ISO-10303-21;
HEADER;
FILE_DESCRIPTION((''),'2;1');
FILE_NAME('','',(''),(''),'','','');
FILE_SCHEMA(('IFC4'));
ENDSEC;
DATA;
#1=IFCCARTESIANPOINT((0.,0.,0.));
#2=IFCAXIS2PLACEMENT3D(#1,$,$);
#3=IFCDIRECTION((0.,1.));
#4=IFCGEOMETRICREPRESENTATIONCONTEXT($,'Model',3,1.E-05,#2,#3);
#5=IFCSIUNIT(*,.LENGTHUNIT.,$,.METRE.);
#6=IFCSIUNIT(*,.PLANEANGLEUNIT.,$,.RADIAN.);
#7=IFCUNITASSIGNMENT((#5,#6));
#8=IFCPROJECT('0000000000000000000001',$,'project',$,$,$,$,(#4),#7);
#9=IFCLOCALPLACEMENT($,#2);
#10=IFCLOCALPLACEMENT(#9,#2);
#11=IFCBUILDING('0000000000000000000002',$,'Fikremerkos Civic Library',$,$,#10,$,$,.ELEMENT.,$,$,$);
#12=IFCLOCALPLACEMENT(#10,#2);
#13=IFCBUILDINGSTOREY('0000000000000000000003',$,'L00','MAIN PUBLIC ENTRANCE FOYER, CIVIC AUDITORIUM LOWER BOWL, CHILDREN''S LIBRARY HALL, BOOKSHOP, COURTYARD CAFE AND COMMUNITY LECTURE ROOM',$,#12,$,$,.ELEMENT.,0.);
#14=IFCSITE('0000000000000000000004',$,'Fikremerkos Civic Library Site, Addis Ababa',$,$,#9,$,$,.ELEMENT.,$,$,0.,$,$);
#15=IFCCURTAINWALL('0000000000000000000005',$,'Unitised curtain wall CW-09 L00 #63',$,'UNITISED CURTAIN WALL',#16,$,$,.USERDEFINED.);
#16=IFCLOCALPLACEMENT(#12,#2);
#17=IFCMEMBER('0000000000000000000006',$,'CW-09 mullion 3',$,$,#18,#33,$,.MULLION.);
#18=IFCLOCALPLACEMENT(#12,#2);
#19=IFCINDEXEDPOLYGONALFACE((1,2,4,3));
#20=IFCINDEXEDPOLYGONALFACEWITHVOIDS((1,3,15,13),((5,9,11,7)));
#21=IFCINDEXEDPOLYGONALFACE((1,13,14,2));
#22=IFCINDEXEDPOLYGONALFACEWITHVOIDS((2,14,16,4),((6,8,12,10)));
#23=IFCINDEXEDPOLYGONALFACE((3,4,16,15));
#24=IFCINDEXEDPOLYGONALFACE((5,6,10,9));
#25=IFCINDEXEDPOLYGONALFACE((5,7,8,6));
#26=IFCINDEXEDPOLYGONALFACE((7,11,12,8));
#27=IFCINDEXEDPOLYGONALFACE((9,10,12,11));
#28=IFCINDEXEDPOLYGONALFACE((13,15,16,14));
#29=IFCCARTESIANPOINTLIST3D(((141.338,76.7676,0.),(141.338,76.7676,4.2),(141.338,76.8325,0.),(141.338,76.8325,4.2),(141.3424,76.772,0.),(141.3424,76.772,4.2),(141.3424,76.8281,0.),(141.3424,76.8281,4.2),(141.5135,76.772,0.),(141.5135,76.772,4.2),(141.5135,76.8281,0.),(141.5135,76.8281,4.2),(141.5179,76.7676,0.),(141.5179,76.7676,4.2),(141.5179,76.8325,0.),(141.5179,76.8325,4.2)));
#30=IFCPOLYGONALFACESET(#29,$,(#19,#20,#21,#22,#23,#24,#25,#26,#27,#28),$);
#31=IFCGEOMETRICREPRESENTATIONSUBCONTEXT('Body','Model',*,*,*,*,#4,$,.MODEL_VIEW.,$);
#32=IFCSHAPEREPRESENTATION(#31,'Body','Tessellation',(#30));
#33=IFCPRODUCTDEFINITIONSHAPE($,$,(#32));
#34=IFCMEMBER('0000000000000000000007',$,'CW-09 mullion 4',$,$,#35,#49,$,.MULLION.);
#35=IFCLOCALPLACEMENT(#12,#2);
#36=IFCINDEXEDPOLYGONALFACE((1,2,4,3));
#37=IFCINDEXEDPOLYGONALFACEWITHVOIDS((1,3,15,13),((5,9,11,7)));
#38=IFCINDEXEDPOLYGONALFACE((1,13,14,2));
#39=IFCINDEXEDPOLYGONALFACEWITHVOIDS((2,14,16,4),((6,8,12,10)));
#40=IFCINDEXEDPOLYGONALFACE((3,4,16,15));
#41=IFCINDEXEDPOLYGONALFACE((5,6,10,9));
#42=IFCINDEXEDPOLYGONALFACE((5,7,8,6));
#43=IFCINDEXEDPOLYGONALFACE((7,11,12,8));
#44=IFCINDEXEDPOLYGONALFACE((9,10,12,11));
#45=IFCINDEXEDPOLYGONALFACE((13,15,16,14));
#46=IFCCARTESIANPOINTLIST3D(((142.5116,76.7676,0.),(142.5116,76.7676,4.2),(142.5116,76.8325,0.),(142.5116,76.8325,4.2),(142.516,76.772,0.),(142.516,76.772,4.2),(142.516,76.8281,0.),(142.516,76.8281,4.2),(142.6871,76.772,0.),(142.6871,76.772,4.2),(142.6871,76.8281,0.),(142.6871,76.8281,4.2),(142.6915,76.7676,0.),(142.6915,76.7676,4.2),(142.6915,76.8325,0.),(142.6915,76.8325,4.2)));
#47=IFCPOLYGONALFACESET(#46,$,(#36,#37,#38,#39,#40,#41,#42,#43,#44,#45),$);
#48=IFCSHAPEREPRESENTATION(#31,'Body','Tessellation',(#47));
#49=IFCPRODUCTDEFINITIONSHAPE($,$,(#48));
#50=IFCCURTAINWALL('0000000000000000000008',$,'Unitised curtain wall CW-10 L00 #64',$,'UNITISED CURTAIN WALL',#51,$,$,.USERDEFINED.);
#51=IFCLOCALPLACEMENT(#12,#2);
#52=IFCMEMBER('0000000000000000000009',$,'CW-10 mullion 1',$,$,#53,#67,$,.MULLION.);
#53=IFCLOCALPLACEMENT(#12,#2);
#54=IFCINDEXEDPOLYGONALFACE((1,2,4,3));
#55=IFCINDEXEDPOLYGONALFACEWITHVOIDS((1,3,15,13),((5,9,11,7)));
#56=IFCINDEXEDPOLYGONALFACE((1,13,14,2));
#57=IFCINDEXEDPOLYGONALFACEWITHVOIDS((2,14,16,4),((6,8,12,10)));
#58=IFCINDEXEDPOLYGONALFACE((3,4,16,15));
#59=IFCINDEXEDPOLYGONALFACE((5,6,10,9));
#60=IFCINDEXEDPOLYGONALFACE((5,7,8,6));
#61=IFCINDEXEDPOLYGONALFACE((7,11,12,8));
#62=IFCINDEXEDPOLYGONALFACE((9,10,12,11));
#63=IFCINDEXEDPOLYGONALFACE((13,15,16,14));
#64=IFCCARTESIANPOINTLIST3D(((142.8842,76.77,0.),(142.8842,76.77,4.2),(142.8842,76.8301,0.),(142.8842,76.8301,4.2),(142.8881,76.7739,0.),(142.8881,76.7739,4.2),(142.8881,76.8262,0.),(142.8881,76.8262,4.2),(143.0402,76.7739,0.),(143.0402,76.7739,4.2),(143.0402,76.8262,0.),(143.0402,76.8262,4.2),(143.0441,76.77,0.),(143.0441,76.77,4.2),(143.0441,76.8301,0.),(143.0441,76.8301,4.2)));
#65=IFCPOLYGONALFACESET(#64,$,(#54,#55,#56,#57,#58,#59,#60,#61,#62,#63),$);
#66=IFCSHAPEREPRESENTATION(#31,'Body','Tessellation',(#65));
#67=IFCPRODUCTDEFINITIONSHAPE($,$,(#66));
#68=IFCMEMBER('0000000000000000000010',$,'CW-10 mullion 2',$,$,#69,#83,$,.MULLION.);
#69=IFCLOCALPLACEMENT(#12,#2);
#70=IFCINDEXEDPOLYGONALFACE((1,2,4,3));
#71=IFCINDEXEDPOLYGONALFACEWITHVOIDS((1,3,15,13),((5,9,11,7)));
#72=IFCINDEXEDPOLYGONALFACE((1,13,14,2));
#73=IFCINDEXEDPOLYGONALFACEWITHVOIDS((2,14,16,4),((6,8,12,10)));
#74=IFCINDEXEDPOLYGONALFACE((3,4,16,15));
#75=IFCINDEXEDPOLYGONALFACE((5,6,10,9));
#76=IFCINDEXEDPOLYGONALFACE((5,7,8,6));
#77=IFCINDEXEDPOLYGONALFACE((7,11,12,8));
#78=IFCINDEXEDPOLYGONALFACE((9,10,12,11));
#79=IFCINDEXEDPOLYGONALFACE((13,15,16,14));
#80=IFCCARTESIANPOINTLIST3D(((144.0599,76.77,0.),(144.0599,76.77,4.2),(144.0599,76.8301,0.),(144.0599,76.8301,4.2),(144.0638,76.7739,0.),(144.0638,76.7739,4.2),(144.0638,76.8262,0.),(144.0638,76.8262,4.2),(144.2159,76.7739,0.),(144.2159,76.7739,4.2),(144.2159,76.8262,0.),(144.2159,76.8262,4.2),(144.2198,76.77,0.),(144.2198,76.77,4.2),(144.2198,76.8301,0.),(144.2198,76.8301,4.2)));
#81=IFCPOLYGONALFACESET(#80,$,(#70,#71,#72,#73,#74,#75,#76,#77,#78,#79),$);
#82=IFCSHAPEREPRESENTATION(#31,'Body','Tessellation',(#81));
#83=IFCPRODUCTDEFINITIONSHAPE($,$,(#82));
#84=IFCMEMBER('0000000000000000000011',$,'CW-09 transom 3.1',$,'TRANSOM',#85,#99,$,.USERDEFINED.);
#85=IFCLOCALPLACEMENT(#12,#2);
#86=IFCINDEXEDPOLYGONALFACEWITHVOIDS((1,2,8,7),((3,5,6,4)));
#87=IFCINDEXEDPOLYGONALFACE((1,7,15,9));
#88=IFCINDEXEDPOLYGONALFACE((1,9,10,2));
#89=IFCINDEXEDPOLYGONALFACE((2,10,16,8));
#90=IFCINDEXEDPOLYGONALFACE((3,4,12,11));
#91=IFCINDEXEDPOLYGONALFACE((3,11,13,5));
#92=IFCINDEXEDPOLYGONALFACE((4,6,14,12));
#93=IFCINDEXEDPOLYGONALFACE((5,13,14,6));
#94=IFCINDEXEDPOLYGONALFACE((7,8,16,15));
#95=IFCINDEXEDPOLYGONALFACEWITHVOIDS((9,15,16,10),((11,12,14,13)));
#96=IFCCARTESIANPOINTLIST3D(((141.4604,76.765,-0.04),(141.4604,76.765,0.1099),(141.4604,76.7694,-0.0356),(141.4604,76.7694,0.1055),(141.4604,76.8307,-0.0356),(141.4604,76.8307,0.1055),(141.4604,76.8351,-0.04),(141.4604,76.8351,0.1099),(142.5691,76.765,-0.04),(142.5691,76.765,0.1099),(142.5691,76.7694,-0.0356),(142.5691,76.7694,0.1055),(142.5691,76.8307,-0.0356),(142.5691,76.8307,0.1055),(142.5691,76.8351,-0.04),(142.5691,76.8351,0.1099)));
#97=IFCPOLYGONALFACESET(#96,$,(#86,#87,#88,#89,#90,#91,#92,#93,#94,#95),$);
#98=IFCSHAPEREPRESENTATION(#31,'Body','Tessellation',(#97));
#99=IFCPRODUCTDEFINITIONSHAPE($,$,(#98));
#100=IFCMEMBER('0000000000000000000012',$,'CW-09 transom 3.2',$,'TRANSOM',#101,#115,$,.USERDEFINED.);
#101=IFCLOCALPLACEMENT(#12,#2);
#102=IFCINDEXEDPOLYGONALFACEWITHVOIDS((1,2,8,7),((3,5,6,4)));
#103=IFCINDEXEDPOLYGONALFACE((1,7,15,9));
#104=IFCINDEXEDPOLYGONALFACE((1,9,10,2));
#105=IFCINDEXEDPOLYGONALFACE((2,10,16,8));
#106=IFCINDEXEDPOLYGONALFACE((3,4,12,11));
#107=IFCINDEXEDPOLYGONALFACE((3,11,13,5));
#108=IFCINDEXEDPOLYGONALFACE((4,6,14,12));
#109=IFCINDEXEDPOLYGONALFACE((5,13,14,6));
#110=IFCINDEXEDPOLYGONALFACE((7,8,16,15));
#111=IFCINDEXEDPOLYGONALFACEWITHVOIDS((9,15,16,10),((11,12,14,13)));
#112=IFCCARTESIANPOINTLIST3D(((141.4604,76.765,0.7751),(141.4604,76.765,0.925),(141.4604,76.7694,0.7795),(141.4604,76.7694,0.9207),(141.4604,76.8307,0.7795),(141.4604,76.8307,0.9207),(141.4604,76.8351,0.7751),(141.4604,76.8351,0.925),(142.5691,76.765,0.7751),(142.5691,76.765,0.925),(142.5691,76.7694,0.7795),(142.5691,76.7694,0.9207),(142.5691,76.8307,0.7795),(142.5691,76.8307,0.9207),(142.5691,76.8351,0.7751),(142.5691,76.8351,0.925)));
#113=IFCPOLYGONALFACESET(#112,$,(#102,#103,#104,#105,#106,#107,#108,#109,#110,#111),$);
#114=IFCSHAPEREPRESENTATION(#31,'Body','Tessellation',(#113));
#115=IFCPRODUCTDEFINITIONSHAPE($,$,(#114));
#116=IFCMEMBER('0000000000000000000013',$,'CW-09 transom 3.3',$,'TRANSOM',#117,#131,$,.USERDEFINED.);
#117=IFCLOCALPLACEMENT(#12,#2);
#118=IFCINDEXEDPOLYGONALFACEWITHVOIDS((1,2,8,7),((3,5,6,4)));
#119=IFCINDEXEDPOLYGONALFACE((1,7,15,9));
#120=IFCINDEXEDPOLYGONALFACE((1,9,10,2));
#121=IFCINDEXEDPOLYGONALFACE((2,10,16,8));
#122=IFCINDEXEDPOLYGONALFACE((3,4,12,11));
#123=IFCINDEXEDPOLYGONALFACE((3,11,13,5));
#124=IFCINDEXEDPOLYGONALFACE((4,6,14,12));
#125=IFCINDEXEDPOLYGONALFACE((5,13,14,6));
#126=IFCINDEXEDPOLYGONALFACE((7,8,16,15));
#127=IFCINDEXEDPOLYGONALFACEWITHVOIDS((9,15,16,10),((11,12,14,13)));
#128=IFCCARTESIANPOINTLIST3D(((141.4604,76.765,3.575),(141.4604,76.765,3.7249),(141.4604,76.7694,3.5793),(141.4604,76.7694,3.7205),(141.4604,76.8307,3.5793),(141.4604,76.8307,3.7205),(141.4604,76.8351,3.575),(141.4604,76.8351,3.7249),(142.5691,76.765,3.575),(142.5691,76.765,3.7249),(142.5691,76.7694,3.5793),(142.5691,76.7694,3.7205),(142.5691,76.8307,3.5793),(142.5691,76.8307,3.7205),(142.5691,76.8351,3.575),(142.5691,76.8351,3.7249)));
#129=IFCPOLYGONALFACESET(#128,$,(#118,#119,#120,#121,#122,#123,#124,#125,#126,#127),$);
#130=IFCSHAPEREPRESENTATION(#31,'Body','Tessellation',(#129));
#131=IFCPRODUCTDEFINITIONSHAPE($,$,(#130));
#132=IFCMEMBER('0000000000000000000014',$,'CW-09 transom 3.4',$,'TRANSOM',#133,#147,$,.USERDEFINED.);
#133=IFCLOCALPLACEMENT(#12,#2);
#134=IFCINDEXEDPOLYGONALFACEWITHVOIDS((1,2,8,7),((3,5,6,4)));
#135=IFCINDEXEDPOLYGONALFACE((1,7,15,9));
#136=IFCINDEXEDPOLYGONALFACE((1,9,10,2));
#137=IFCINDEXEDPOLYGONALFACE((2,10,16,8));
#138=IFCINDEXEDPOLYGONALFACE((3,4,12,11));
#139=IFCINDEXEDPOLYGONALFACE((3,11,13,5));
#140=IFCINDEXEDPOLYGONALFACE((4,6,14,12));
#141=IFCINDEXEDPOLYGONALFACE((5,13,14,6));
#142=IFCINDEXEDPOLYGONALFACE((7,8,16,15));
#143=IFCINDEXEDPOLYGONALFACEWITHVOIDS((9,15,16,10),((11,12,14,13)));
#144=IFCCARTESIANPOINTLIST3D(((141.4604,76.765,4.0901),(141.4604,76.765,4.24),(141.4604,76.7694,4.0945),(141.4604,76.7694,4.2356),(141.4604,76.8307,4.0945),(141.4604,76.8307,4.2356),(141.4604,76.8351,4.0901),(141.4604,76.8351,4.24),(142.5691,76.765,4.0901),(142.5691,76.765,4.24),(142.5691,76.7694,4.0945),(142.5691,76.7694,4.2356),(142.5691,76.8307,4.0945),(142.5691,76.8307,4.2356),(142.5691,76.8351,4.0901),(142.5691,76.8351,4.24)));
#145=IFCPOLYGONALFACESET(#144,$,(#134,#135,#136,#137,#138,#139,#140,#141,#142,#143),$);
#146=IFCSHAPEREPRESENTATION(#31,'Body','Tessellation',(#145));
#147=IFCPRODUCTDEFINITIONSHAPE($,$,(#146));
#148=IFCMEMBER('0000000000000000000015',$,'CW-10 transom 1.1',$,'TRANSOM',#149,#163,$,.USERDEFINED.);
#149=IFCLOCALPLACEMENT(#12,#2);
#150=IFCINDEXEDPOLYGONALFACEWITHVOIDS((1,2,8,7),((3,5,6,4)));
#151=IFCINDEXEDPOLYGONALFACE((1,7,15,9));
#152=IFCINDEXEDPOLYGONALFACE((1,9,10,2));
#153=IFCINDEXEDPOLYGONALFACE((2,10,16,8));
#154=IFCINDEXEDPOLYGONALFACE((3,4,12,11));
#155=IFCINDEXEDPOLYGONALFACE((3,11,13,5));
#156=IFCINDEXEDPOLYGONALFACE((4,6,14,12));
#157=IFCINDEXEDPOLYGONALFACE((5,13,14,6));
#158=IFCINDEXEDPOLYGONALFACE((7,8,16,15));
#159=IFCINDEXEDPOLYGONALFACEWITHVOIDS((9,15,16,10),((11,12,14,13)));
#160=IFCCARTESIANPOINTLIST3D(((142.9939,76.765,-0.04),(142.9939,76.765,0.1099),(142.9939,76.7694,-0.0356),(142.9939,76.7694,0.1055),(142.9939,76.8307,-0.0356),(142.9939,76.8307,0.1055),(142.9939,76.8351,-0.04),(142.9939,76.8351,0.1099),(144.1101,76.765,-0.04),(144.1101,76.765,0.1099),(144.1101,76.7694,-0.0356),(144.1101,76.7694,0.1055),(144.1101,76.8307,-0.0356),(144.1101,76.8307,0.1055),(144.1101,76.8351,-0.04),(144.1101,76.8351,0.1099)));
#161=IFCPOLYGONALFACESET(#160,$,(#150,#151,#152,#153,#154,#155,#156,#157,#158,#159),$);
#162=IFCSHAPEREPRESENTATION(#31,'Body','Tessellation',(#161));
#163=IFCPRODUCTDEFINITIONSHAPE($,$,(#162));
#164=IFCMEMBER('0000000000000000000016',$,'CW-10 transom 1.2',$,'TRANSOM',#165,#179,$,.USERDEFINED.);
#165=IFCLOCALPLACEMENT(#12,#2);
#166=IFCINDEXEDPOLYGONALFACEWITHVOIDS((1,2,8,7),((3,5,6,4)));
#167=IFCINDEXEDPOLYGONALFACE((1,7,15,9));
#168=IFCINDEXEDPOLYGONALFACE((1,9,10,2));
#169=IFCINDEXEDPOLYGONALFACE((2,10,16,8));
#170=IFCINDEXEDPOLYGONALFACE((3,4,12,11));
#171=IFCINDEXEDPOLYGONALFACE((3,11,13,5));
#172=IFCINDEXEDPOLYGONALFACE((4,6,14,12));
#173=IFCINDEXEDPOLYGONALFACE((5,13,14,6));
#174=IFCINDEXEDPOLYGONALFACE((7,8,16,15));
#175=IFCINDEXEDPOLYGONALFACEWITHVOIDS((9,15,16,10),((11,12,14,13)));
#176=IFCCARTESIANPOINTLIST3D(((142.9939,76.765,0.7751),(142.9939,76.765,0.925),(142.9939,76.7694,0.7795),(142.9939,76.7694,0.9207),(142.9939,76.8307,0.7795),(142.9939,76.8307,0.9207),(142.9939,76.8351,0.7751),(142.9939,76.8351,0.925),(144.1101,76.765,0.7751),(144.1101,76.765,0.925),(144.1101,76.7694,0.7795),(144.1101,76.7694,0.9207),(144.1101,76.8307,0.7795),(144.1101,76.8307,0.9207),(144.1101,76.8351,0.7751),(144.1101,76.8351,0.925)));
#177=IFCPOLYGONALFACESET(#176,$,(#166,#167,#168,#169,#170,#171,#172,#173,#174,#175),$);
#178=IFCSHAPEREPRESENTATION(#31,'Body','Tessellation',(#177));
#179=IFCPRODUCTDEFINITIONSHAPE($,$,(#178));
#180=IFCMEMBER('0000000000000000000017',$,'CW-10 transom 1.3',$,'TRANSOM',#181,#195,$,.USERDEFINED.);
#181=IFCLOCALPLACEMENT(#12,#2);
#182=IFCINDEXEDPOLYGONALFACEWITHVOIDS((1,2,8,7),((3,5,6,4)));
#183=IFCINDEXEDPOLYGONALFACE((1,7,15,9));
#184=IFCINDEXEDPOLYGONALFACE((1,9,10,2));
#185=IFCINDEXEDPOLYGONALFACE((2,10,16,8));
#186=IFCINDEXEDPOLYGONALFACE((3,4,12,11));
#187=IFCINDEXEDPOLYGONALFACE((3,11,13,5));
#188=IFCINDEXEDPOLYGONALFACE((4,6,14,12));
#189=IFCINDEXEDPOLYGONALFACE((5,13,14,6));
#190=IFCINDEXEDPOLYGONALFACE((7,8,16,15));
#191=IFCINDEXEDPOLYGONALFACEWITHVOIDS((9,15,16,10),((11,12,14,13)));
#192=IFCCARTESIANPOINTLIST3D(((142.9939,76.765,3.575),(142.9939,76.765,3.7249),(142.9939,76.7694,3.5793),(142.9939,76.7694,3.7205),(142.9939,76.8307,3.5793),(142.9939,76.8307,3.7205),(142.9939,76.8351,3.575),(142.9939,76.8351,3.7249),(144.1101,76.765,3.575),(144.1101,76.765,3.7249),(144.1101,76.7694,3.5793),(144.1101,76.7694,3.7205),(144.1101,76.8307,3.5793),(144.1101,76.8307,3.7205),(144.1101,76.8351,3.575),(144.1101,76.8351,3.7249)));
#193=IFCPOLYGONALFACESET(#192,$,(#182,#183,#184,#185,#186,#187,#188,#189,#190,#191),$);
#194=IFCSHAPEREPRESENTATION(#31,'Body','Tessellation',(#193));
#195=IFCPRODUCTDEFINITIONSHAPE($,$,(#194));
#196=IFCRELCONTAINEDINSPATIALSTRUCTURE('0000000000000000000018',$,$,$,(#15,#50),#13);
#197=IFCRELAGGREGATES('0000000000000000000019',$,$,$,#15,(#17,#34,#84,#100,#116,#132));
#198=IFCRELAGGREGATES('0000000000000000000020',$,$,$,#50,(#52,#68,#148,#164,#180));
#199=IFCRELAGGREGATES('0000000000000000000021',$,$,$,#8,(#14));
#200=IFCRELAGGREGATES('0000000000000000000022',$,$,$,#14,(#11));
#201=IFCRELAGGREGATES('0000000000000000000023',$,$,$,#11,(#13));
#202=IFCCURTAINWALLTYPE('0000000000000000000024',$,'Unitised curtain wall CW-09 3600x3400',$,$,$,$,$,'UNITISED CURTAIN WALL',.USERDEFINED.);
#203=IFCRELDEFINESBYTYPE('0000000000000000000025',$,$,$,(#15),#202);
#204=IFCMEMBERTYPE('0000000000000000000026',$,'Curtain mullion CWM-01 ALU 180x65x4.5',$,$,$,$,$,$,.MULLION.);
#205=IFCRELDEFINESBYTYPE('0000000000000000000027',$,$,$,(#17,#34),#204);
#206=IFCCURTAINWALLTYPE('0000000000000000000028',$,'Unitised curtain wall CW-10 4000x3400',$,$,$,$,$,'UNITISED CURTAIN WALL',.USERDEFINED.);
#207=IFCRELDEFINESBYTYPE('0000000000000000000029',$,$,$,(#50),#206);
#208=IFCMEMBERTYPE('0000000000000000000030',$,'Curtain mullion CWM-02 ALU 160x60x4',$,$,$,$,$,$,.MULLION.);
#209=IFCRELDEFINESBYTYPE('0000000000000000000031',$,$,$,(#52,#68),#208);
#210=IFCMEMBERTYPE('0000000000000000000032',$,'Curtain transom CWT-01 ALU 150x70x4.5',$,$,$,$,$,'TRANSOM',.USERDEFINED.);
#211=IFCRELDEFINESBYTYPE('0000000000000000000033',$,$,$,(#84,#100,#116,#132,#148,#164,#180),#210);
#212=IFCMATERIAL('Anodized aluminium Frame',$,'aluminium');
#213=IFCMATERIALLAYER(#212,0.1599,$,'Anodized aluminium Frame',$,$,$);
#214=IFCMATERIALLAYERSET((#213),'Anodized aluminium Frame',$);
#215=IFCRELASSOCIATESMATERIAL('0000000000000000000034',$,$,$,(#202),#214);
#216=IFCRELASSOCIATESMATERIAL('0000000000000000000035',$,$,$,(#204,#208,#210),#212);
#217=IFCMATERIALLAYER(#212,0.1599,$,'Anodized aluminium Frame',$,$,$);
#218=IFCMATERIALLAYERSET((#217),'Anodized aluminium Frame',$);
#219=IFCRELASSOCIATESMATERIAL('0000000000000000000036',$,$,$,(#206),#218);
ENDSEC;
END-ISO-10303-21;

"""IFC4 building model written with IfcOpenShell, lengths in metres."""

from ifc_helpers import new_model, si_unit, direction, frame, origin, origin_2d, place, context, subcontext, project, spatial, hollow_rectangle, extrude, material, layer, layer_set, material_profile, profile_set, type_object, element, aggregate, save


model = new_model("IFC4")

# Units and contexts
model_context = context("Model", 3, precision=1e-05, world=origin(), true_north=direction((0.0, 1.0)))
body_context = subcontext(model_context, "Body", "Model", "MODEL_VIEW")
ifc_project = project(units=[si_unit("LENGTHUNIT", "METRE"), si_unit("PLANEANGLEUNIT", "RADIAN")], contexts=[model_context])

# Site, building, storey
site_placement = place(None, origin())
site = spatial("IfcSite", under=ifc_project, at=site_placement, Name="Fikremerkos Civic Library Site, Addis Ababa", CompositionType="ELEMENT", RefElevation=0.0)
building_placement = place(site_placement, origin())
building = spatial("IfcBuilding", under=site, at=building_placement, Name="Fikremerkos Civic Library", CompositionType="ELEMENT")
storey_placement = place(building_placement, origin())
storey = spatial("IfcBuildingStorey", under=building, at=storey_placement, Name="L00", Description="MAIN PUBLIC ENTRANCE FOYER, CIVIC AUDITORIUM LOWER BOWL, CHILDREN'S LIBRARY HALL, BOOKSHOP, COURTYARD CAFE AND COMMUNITY LECTURE ROOM", CompositionType="ELEMENT", Elevation=0.0)

# Curtain walls, members
ifc_material_1 = material(Name="Anodized aluminium Frame", Category="aluminium")
ifc_layer_1 = layer(ifc_material_1, 0.1599, Name="Anodized aluminium Frame")
ifc_layer_set_1 = layer_set([ifc_layer_1], Name="Anodized aluminium Frame")
curtain_wall_type_1 = type_object("IfcCurtainWallType", Name="Unitised curtain wall CW-09 3600x3400", ElementType="UNITISED CURTAIN WALL", PredefinedType="USERDEFINED", material=ifc_layer_set_1)
curtain_wall_1_placement = place(storey_placement, origin())
curtain_wall_1 = element("IfcCurtainWall", 1, at=curtain_wall_1_placement, inside=storey, type_object=curtain_wall_type_1, Name="Unitised curtain wall CW-09 L00 #63", ObjectType="UNITISED CURTAIN WALL", PredefinedType="USERDEFINED")
ifc_material_profile_1 = material_profile(ifc_material_1, hollow_rectangle(XDim=0.0649, YDim=0.1799, WallThickness=0.0044, at=origin_2d()), Name="ALU 180x65x4.5")
ifc_profile_set_1 = profile_set([ifc_material_profile_1], Name="Anodized aluminium Frame")
member_type_1 = type_object("IfcMemberType", Name="Curtain mullion CWM-01 ALU 180x65x4.5", PredefinedType="MULLION", material=ifc_profile_set_1)
member_1_placement = place(storey_placement, frame((141.428, 76.8, 0.0), z_axis=(0.0, 0.0, 1.0), x_axis=(0.0, 1.0, 0.0)))
member_1 = element("IfcMember", 2, at=member_1_placement, type_object=member_type_1, Name="CW-09 mullion 3", PredefinedType="MULLION", context=body_context, shape_type="SweptSolid", body=[
    extrude(hollow_rectangle(XDim=0.0649, YDim=0.1799, WallThickness=0.0044, at=origin_2d()), origin(), (0.0, 0.0, 1.0), 4.2),
])
member_2_placement = place(storey_placement, frame((142.6016, 76.8, 0.0), z_axis=(0.0, 0.0, 1.0), x_axis=(0.0, 1.0, 0.0)))
member_2 = element("IfcMember", 3, at=member_2_placement, type_object=member_type_1, Name="CW-09 mullion 4", PredefinedType="MULLION", context=body_context, shape_type="SweptSolid", body=[
    extrude(hollow_rectangle(XDim=0.0649, YDim=0.1799, WallThickness=0.0044, at=origin_2d()), origin(), (0.0, 0.0, 1.0), 4.2),
])
ifc_layer_2 = layer(ifc_material_1, 0.1599, Name="Anodized aluminium Frame")
ifc_layer_set_2 = layer_set([ifc_layer_2], Name="Anodized aluminium Frame")
curtain_wall_type_2 = type_object("IfcCurtainWallType", Name="Unitised curtain wall CW-10 4000x3400", ElementType="UNITISED CURTAIN WALL", PredefinedType="USERDEFINED", material=ifc_layer_set_2)
curtain_wall_2_placement = place(storey_placement, origin())
curtain_wall_2 = element("IfcCurtainWall", 4, at=curtain_wall_2_placement, inside=storey, type_object=curtain_wall_type_2, Name="Unitised curtain wall CW-10 L00 #64", ObjectType="UNITISED CURTAIN WALL", PredefinedType="USERDEFINED")
ifc_material_profile_2 = material_profile(ifc_material_1, hollow_rectangle(XDim=0.0601, YDim=0.1599, WallThickness=0.0039, at=origin_2d()), Name="ALU 160x60x4")
ifc_profile_set_2 = profile_set([ifc_material_profile_2], Name="Anodized aluminium Frame")
member_type_2 = type_object("IfcMemberType", Name="Curtain mullion CWM-02 ALU 160x60x4", PredefinedType="MULLION", material=ifc_profile_set_2)
member_3_placement = place(storey_placement, frame((142.9641, 76.8, 0.0), z_axis=(0.0, 0.0, 1.0), x_axis=(0.0, 1.0, 0.0)))
member_3 = element("IfcMember", 5, at=member_3_placement, type_object=member_type_2, Name="CW-10 mullion 1", PredefinedType="MULLION", context=body_context, shape_type="SweptSolid", body=[
    extrude(hollow_rectangle(XDim=0.0601, YDim=0.1599, WallThickness=0.0039, at=origin_2d()), origin(), (0.0, 0.0, 1.0), 4.2),
])
member_4_placement = place(storey_placement, frame((144.1399, 76.8, 0.0), z_axis=(0.0, 0.0, 1.0), x_axis=(0.0, 1.0, 0.0)))
member_4 = element("IfcMember", 6, at=member_4_placement, type_object=member_type_2, Name="CW-10 mullion 2", PredefinedType="MULLION", context=body_context, shape_type="SweptSolid", body=[
    extrude(hollow_rectangle(XDim=0.0601, YDim=0.1599, WallThickness=0.0039, at=origin_2d()), origin(), (0.0, 0.0, 1.0), 4.2),
])

# Members
ifc_material_profile_3 = material_profile(ifc_material_1, hollow_rectangle(XDim=0.0701, YDim=0.1499, WallThickness=0.0044, at=origin_2d()), Name="ALU 150x70x4.5")
ifc_profile_set_3 = profile_set([ifc_material_profile_3], Name="Anodized aluminium Frame")
member_type_3 = type_object("IfcMemberType", Name="Curtain transom CWT-01 ALU 150x70x4.5", ElementType="TRANSOM", PredefinedType="USERDEFINED", material=ifc_profile_set_3)
member_5_placement = place(storey_placement, frame((141.4604, 76.8, 0.0349), z_axis=(1.0, 0.0, 0.0), x_axis=(0.0, 1.0, 0.0)))
member_5 = element("IfcMember", 7, at=member_5_placement, type_object=member_type_3, Name="CW-09 transom 3.1", ObjectType="TRANSOM", PredefinedType="USERDEFINED", context=body_context, shape_type="SweptSolid", body=[
    extrude(hollow_rectangle(XDim=0.0701, YDim=0.1499, WallThickness=0.0044, at=origin_2d()), origin(), (0.0, 0.0, 1.0), 1.1086),
])
member_6_placement = place(storey_placement, frame((141.4604, 76.8, 0.8501), z_axis=(1.0, 0.0, 0.0), x_axis=(0.0, 1.0, 0.0)))
member_6 = element("IfcMember", 8, at=member_6_placement, type_object=member_type_3, Name="CW-09 transom 3.2", ObjectType="TRANSOM", PredefinedType="USERDEFINED", context=body_context, shape_type="SweptSolid", body=[
    extrude(hollow_rectangle(XDim=0.0701, YDim=0.1499, WallThickness=0.0044, at=origin_2d()), origin(), (0.0, 0.0, 1.0), 1.1086),
])
member_7_placement = place(storey_placement, frame((141.4604, 76.8, 3.6499), z_axis=(1.0, 0.0, 0.0), x_axis=(0.0, 1.0, 0.0)))
member_7 = element("IfcMember", 9, at=member_7_placement, type_object=member_type_3, Name="CW-09 transom 3.3", ObjectType="TRANSOM", PredefinedType="USERDEFINED", context=body_context, shape_type="SweptSolid", body=[
    extrude(hollow_rectangle(XDim=0.0701, YDim=0.1499, WallThickness=0.0044, at=origin_2d()), origin(), (0.0, 0.0, 1.0), 1.1086),
])
member_8_placement = place(storey_placement, frame((141.4604, 76.8, 4.165), z_axis=(1.0, 0.0, 0.0), x_axis=(0.0, 1.0, 0.0)))
member_8 = element("IfcMember", 10, at=member_8_placement, type_object=member_type_3, Name="CW-09 transom 3.4", ObjectType="TRANSOM", PredefinedType="USERDEFINED", context=body_context, shape_type="SweptSolid", body=[
    extrude(hollow_rectangle(XDim=0.0701, YDim=0.1499, WallThickness=0.0044, at=origin_2d()), origin(), (0.0, 0.0, 1.0), 1.1086),
])
member_9_placement = place(storey_placement, frame((142.9939, 76.8, 0.0349), z_axis=(1.0, 0.0, 0.0), x_axis=(0.0, 1.0, 0.0)))
member_9 = element("IfcMember", 11, at=member_9_placement, type_object=member_type_3, Name="CW-10 transom 1.1", ObjectType="TRANSOM", PredefinedType="USERDEFINED", context=body_context, shape_type="SweptSolid", body=[
    extrude(hollow_rectangle(XDim=0.0701, YDim=0.1499, WallThickness=0.0044, at=origin_2d()), origin(), (0.0, 0.0, 1.0), 1.1162),
])
member_10_placement = place(storey_placement, frame((142.9939, 76.8, 0.8501), z_axis=(1.0, 0.0, 0.0), x_axis=(0.0, 1.0, 0.0)))
member_10 = element("IfcMember", 12, at=member_10_placement, type_object=member_type_3, Name="CW-10 transom 1.2", ObjectType="TRANSOM", PredefinedType="USERDEFINED", context=body_context, shape_type="SweptSolid", body=[
    extrude(hollow_rectangle(XDim=0.0701, YDim=0.1499, WallThickness=0.0044, at=origin_2d()), origin(), (0.0, 0.0, 1.0), 1.1162),
])
member_11_placement = place(storey_placement, frame((142.9939, 76.8, 3.6499), z_axis=(1.0, 0.0, 0.0), x_axis=(0.0, 1.0, 0.0)))
member_11 = element("IfcMember", 13, at=member_11_placement, type_object=member_type_3, Name="CW-10 transom 1.3", ObjectType="TRANSOM", PredefinedType="USERDEFINED", context=body_context, shape_type="SweptSolid", body=[
    extrude(hollow_rectangle(XDim=0.0701, YDim=0.1499, WallThickness=0.0044, at=origin_2d()), origin(), (0.0, 0.0, 1.0), 1.1162),
])

aggregate(curtain_wall_1, [member_1, member_2, member_5, member_6, member_7, member_8])
aggregate(curtain_wall_2, [member_3, member_4, member_9, member_10, member_11])

save(model, "model.ifc")
